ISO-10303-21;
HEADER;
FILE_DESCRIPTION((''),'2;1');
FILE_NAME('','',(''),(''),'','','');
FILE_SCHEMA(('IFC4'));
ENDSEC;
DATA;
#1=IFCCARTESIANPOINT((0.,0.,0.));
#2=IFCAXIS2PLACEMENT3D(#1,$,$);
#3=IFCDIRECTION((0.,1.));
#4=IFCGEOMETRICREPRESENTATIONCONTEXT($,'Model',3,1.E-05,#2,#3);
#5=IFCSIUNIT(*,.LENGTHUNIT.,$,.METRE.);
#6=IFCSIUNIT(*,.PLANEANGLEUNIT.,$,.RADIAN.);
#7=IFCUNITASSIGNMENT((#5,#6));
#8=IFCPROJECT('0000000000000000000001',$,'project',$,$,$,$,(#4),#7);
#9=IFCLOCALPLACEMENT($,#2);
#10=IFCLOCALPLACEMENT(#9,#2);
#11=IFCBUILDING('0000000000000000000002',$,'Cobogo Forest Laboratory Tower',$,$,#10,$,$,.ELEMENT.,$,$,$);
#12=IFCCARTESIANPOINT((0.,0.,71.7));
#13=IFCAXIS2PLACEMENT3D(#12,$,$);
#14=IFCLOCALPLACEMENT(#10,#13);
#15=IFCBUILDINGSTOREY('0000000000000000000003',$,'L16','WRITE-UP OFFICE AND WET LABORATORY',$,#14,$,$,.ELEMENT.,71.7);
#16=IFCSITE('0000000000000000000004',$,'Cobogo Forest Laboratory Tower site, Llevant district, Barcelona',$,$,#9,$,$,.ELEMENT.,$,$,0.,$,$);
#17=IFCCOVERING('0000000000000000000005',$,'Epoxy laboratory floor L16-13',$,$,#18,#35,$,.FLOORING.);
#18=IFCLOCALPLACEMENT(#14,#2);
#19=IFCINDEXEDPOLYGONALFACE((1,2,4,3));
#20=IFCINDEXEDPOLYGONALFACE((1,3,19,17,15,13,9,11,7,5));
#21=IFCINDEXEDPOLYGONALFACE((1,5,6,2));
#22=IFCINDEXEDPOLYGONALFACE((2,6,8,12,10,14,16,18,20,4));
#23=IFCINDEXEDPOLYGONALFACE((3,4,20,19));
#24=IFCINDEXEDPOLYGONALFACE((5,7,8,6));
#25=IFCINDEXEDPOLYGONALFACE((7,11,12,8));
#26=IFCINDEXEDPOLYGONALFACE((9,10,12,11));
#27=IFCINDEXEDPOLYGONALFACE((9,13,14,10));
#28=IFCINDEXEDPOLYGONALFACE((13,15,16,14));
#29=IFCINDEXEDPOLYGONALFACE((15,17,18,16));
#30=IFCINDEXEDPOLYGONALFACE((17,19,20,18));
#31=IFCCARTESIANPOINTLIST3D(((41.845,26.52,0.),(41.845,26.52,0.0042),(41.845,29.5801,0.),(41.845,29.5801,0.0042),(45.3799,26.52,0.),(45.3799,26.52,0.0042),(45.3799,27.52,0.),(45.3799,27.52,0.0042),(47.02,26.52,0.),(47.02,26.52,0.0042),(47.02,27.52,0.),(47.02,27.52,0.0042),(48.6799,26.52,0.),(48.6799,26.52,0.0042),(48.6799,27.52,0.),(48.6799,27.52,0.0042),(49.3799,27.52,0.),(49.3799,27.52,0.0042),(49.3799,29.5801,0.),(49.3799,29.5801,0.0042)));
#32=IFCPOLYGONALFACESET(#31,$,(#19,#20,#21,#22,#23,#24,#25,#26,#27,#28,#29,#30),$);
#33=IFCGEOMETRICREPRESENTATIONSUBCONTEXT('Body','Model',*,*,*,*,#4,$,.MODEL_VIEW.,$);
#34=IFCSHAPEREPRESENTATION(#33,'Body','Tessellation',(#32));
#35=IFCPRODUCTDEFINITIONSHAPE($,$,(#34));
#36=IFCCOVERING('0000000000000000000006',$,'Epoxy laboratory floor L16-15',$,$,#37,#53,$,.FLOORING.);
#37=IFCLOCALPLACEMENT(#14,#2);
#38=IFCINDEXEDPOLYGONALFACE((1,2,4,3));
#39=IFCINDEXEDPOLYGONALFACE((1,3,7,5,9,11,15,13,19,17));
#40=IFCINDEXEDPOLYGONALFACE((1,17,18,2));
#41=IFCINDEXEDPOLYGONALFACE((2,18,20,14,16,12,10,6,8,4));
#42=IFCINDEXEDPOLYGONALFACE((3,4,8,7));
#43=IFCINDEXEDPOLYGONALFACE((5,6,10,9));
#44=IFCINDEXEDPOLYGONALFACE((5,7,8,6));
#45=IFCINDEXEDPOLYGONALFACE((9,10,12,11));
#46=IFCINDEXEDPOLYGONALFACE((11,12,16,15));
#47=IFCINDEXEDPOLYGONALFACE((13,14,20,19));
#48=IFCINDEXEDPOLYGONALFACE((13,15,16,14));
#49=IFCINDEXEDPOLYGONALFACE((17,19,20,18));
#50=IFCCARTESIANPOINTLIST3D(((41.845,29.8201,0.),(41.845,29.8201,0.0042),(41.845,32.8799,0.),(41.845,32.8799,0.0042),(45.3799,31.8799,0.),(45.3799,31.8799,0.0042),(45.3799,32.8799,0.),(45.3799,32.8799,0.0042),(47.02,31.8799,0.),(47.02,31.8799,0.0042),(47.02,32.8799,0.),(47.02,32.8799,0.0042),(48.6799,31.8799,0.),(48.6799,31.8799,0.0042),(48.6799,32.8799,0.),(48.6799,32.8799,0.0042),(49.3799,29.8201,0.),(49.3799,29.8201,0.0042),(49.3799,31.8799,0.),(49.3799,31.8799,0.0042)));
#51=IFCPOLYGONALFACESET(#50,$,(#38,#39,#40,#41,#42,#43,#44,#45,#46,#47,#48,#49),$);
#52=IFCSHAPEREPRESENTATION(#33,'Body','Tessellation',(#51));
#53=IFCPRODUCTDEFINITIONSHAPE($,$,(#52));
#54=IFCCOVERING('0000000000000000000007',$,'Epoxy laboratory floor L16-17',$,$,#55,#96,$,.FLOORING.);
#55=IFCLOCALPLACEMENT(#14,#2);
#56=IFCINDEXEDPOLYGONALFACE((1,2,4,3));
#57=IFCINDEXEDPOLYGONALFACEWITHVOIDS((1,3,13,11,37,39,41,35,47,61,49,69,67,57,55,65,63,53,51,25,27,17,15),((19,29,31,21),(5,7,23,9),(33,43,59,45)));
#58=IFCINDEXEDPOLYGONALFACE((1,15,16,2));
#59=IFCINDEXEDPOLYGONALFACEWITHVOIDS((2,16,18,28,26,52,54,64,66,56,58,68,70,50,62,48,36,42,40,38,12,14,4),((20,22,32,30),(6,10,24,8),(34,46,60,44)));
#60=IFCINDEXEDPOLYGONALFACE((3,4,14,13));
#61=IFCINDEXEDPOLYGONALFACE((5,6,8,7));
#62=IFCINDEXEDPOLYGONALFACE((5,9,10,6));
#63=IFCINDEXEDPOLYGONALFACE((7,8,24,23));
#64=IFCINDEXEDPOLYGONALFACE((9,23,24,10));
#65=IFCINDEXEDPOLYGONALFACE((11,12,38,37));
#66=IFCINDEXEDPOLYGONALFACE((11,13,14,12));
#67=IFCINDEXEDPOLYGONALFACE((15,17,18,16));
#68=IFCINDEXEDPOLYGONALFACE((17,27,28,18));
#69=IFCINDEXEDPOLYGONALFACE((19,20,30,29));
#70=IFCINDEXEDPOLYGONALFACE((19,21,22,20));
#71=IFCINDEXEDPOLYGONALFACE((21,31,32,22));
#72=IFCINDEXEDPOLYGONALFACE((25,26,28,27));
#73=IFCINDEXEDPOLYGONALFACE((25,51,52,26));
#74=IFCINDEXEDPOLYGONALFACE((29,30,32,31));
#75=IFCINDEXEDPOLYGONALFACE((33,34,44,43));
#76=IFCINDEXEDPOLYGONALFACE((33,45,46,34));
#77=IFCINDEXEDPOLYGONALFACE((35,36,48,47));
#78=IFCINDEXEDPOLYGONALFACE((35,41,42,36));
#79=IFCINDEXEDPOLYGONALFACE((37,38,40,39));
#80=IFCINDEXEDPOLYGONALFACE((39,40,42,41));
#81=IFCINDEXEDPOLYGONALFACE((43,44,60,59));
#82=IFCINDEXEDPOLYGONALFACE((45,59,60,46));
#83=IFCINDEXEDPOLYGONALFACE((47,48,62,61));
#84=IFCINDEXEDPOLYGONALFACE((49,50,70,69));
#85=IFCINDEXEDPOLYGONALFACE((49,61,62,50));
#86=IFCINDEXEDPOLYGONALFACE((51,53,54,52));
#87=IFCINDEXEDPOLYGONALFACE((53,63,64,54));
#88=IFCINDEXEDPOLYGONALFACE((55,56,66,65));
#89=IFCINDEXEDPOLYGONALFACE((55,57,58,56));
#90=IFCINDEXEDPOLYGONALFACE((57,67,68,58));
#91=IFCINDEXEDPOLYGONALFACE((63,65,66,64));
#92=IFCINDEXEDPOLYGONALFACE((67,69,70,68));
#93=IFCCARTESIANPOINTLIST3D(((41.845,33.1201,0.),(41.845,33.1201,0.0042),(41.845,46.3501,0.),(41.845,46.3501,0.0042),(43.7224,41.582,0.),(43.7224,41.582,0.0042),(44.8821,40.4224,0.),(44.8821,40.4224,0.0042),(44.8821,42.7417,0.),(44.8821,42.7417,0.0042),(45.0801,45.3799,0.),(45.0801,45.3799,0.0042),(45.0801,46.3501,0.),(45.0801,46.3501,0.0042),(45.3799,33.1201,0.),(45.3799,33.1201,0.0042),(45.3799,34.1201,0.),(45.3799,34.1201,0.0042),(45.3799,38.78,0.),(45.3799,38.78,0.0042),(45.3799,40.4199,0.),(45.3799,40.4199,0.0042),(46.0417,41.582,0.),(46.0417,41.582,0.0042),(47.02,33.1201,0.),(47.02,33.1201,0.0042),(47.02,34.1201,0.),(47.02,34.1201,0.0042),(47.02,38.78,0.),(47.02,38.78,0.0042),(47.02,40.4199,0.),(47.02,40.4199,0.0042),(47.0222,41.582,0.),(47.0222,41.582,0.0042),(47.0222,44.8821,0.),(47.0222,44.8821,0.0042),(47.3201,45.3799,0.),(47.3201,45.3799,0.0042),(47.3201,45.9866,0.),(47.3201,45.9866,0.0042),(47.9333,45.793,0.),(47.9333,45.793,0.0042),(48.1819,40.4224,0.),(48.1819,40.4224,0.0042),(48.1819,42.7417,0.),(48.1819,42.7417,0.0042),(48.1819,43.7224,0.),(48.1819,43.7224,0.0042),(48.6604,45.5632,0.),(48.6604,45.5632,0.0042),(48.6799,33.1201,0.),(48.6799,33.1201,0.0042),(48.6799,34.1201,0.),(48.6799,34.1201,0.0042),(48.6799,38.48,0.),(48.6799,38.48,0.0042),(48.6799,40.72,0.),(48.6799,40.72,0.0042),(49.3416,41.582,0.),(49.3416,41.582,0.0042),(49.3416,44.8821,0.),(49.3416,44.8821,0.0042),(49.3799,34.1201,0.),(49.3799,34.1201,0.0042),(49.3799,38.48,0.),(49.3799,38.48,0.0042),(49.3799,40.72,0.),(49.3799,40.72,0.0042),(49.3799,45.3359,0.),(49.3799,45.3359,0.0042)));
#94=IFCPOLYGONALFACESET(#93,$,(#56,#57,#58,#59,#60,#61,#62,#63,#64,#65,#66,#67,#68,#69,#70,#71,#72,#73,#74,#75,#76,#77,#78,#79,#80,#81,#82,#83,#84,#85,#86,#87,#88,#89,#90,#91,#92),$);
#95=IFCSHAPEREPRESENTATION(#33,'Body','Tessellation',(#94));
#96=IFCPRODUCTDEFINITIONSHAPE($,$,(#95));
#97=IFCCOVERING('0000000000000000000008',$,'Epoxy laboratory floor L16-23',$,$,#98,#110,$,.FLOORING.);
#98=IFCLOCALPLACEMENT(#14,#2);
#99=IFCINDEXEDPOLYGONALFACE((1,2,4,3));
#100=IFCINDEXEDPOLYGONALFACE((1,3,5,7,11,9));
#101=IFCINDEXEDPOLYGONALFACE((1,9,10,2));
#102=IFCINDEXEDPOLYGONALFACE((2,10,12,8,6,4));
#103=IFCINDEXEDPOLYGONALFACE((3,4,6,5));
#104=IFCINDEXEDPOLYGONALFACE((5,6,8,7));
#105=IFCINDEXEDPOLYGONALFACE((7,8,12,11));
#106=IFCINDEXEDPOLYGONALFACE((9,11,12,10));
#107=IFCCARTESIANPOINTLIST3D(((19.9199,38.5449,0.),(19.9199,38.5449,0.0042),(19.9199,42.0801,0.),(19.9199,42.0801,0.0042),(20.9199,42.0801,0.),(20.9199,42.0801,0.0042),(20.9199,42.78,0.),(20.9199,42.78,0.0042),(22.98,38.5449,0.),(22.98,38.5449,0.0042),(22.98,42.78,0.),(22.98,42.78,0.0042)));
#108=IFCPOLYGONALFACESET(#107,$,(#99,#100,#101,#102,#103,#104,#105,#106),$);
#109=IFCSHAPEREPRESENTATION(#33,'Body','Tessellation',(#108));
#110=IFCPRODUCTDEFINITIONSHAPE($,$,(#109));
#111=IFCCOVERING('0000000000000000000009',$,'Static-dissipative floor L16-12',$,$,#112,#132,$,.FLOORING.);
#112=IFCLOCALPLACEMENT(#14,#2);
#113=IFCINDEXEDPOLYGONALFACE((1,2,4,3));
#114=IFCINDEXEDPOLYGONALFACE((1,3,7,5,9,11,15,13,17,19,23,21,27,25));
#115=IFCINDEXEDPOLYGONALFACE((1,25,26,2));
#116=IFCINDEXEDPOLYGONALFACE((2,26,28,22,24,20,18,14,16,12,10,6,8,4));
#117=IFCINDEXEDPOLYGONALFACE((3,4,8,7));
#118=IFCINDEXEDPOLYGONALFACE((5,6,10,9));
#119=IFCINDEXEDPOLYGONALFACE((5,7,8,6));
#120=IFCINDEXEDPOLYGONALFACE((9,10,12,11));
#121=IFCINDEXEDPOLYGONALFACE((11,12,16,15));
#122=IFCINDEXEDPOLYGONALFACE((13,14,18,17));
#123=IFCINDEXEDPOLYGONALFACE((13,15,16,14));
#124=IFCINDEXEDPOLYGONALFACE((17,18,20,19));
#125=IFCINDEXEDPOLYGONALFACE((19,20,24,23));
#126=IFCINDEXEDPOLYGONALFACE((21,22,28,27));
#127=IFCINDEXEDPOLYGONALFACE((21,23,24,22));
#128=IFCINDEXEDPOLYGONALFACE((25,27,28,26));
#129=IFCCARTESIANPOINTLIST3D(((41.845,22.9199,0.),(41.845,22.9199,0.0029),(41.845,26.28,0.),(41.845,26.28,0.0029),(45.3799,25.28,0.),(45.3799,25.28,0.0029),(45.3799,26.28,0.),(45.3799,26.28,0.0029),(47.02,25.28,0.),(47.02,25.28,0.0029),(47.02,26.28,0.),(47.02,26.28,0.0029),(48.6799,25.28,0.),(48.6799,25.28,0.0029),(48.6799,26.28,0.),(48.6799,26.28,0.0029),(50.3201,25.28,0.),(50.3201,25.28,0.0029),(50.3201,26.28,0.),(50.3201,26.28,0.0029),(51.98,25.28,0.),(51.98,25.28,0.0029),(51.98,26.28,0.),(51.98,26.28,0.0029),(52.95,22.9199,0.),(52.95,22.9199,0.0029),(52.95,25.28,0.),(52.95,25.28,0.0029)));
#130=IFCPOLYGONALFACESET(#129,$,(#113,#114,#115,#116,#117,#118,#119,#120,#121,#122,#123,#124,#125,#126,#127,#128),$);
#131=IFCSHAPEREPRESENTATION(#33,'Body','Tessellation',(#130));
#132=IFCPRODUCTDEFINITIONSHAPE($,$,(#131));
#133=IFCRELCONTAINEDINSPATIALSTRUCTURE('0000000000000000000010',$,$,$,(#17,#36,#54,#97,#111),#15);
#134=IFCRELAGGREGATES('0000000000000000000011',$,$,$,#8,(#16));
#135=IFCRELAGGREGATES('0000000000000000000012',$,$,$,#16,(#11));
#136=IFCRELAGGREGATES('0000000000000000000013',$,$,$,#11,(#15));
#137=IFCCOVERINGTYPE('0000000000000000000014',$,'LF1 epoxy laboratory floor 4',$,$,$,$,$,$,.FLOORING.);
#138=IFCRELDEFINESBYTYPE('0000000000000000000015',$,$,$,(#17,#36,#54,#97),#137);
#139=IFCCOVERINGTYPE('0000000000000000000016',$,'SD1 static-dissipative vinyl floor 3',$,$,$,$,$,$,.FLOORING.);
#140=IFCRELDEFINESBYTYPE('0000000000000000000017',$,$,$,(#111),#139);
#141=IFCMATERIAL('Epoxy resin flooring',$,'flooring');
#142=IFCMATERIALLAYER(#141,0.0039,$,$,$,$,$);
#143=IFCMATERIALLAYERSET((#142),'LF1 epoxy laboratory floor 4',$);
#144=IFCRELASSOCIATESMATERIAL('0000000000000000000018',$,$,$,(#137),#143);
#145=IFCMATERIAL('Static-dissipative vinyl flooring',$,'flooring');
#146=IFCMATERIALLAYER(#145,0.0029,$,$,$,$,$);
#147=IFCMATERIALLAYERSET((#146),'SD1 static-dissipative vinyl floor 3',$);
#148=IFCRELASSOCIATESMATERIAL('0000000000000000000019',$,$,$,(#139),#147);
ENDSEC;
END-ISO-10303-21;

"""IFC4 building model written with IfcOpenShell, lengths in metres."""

from ifc_helpers import new_model, si_unit, direction, frame, origin, place, context, subcontext, project, spatial, polyline, outline, extrude, material, layer, layer_set, type_object, element, save


model = new_model("IFC4")

# Units and contexts
model_context = context("Model", 3, precision=1e-05, world=origin(), true_north=direction((0.0, 1.0)))
body_context = subcontext(model_context, "Body", "Model", "MODEL_VIEW")
ifc_project = project(units=[si_unit("LENGTHUNIT", "METRE"), si_unit("PLANEANGLEUNIT", "RADIAN")], contexts=[model_context])

# Site, building, storey
site_placement = place(None, origin())
site = spatial("IfcSite", under=ifc_project, at=site_placement, Name="Cobogo Forest Laboratory Tower site, Llevant district, Barcelona", CompositionType="ELEMENT", RefElevation=0.0)
building_placement = place(site_placement, origin())
building = spatial("IfcBuilding", under=site, at=building_placement, Name="Cobogo Forest Laboratory Tower", CompositionType="ELEMENT")
storey_placement = place(building_placement, frame((0.0, 0.0, 71.7)))
storey = spatial("IfcBuildingStorey", under=building, at=storey_placement, Name="L16", Description="WRITE-UP OFFICE AND WET LABORATORY", CompositionType="ELEMENT", Elevation=71.7)

# Coverings
ifc_material_1 = material(Name="Epoxy resin flooring", Category="flooring")
ifc_layer_1 = layer(ifc_material_1, 0.0039)
ifc_layer_set_1 = layer_set([ifc_layer_1], Name="LF1 epoxy laboratory floor 4")
covering_type_1 = type_object("IfcCoveringType", Name="LF1 epoxy laboratory floor 4", PredefinedType="FLOORING", material=ifc_layer_set_1)
covering_1_placement = place(storey_placement, origin())
element("IfcCovering", 1, at=covering_1_placement, inside=storey, type_object=covering_type_1, Name="Epoxy laboratory floor L16-13", PredefinedType="FLOORING", context=body_context, shape_type="SweptSolid", body=[
    extrude(outline(polyline([(41.845, 29.5801), (49.3799, 29.5801), (49.3799, 27.52), (48.6799, 27.52), (48.6799, 26.52), (47.02, 26.52), (47.02, 27.52), (45.3799, 27.52), (45.3799, 26.52), (41.845, 26.52), (41.845, 29.5801)])), origin(), (0.0, 0.0, 1.0), 0.0042),
])
covering_2_placement = place(storey_placement, origin())
element("IfcCovering", 2, at=covering_2_placement, inside=storey, type_object=covering_type_1, Name="Epoxy laboratory floor L16-15", PredefinedType="FLOORING", context=body_context, shape_type="SweptSolid", body=[
    extrude(outline(polyline([(41.845, 32.8799), (45.3799, 32.8799), (45.3799, 31.8799), (47.02, 31.8799), (47.02, 32.8799), (48.6799, 32.8799), (48.6799, 31.8799), (49.3799, 31.8799), (49.3799, 29.8201), (41.845, 29.8201), (41.845, 32.8799)])), origin(), (0.0, 0.0, 1.0), 0.0042),
])
covering_3_placement = place(storey_placement, origin())
element("IfcCovering", 3, at=covering_3_placement, inside=storey, type_object=covering_type_1, Name="Epoxy laboratory floor L16-17", PredefinedType="FLOORING", context=body_context, shape_type="SweptSolid", body=[
    extrude(outline(polyline([(47.02, 33.1201), (47.02, 34.1201), (45.3799, 34.1201), (45.3799, 33.1201), (41.845, 33.1201), (41.845, 46.3501), (45.0801, 46.3501), (45.0801, 45.3799), (47.3201, 45.3799), (47.3201, 45.9866), (47.9333, 45.793), (47.0222, 44.8821), (48.1819, 43.7224), (49.3416, 44.8821), (48.6604, 45.5632), (49.3799, 45.3359), (49.3799, 40.72), (48.6799, 40.72), (48.6799, 38.48), (49.3799, 38.48), (49.3799, 34.1201), (48.6799, 34.1201), (48.6799, 33.1201), (47.02, 33.1201)]), holes=[polyline([(47.0222, 41.582), (48.1819, 40.4224), (49.3416, 41.582), (48.1819, 42.7417), (47.0222, 41.582)]), polyline([(47.02, 40.4199), (45.3799, 40.4199), (45.3799, 38.78), (47.02, 38.78), (47.02, 40.4199)]), polyline([(43.7224, 41.582), (44.8821, 40.4224), (46.0417, 41.582), (44.8821, 42.7417), (43.7224, 41.582)])]), origin(), (0.0, 0.0, 1.0), 0.0042),
])
covering_4_placement = place(storey_placement, origin())
element("IfcCovering", 4, at=covering_4_placement, inside=storey, type_object=covering_type_1, Name="Epoxy laboratory floor L16-23", PredefinedType="FLOORING", context=body_context, shape_type="SweptSolid", body=[
    extrude(outline(polyline([(19.9199, 42.0801), (20.9199, 42.0801), (20.9199, 42.78), (22.98, 42.78), (22.98, 38.5449), (19.9199, 38.5449), (19.9199, 42.0801)])), origin(), (0.0, 0.0, 1.0), 0.0042),
])
ifc_material_2 = material(Name="Static-dissipative vinyl flooring", Category="flooring")
ifc_layer_2 = layer(ifc_material_2, 0.0029)
ifc_layer_set_2 = layer_set([ifc_layer_2], Name="SD1 static-dissipative vinyl floor 3")
covering_type_2 = type_object("IfcCoveringType", Name="SD1 static-dissipative vinyl floor 3", PredefinedType="FLOORING", material=ifc_layer_set_2)
covering_5_placement = place(storey_placement, origin())
element("IfcCovering", 5, at=covering_5_placement, inside=storey, type_object=covering_type_2, Name="Static-dissipative floor L16-12", PredefinedType="FLOORING", context=body_context, shape_type="SweptSolid", body=[
    extrude(outline(polyline([(41.845, 26.28), (45.3799, 26.28), (45.3799, 25.28), (47.02, 25.28), (47.02, 26.28), (48.6799, 26.28), (48.6799, 25.28), (50.3201, 25.28), (50.3201, 26.28), (51.98, 26.28), (51.98, 25.28), (52.95, 25.28), (52.95, 22.9199), (41.845, 22.9199), (41.845, 26.28)])), origin(), (0.0, 0.0, 1.0), 0.0029),
])

save(model, "model.ifc")
